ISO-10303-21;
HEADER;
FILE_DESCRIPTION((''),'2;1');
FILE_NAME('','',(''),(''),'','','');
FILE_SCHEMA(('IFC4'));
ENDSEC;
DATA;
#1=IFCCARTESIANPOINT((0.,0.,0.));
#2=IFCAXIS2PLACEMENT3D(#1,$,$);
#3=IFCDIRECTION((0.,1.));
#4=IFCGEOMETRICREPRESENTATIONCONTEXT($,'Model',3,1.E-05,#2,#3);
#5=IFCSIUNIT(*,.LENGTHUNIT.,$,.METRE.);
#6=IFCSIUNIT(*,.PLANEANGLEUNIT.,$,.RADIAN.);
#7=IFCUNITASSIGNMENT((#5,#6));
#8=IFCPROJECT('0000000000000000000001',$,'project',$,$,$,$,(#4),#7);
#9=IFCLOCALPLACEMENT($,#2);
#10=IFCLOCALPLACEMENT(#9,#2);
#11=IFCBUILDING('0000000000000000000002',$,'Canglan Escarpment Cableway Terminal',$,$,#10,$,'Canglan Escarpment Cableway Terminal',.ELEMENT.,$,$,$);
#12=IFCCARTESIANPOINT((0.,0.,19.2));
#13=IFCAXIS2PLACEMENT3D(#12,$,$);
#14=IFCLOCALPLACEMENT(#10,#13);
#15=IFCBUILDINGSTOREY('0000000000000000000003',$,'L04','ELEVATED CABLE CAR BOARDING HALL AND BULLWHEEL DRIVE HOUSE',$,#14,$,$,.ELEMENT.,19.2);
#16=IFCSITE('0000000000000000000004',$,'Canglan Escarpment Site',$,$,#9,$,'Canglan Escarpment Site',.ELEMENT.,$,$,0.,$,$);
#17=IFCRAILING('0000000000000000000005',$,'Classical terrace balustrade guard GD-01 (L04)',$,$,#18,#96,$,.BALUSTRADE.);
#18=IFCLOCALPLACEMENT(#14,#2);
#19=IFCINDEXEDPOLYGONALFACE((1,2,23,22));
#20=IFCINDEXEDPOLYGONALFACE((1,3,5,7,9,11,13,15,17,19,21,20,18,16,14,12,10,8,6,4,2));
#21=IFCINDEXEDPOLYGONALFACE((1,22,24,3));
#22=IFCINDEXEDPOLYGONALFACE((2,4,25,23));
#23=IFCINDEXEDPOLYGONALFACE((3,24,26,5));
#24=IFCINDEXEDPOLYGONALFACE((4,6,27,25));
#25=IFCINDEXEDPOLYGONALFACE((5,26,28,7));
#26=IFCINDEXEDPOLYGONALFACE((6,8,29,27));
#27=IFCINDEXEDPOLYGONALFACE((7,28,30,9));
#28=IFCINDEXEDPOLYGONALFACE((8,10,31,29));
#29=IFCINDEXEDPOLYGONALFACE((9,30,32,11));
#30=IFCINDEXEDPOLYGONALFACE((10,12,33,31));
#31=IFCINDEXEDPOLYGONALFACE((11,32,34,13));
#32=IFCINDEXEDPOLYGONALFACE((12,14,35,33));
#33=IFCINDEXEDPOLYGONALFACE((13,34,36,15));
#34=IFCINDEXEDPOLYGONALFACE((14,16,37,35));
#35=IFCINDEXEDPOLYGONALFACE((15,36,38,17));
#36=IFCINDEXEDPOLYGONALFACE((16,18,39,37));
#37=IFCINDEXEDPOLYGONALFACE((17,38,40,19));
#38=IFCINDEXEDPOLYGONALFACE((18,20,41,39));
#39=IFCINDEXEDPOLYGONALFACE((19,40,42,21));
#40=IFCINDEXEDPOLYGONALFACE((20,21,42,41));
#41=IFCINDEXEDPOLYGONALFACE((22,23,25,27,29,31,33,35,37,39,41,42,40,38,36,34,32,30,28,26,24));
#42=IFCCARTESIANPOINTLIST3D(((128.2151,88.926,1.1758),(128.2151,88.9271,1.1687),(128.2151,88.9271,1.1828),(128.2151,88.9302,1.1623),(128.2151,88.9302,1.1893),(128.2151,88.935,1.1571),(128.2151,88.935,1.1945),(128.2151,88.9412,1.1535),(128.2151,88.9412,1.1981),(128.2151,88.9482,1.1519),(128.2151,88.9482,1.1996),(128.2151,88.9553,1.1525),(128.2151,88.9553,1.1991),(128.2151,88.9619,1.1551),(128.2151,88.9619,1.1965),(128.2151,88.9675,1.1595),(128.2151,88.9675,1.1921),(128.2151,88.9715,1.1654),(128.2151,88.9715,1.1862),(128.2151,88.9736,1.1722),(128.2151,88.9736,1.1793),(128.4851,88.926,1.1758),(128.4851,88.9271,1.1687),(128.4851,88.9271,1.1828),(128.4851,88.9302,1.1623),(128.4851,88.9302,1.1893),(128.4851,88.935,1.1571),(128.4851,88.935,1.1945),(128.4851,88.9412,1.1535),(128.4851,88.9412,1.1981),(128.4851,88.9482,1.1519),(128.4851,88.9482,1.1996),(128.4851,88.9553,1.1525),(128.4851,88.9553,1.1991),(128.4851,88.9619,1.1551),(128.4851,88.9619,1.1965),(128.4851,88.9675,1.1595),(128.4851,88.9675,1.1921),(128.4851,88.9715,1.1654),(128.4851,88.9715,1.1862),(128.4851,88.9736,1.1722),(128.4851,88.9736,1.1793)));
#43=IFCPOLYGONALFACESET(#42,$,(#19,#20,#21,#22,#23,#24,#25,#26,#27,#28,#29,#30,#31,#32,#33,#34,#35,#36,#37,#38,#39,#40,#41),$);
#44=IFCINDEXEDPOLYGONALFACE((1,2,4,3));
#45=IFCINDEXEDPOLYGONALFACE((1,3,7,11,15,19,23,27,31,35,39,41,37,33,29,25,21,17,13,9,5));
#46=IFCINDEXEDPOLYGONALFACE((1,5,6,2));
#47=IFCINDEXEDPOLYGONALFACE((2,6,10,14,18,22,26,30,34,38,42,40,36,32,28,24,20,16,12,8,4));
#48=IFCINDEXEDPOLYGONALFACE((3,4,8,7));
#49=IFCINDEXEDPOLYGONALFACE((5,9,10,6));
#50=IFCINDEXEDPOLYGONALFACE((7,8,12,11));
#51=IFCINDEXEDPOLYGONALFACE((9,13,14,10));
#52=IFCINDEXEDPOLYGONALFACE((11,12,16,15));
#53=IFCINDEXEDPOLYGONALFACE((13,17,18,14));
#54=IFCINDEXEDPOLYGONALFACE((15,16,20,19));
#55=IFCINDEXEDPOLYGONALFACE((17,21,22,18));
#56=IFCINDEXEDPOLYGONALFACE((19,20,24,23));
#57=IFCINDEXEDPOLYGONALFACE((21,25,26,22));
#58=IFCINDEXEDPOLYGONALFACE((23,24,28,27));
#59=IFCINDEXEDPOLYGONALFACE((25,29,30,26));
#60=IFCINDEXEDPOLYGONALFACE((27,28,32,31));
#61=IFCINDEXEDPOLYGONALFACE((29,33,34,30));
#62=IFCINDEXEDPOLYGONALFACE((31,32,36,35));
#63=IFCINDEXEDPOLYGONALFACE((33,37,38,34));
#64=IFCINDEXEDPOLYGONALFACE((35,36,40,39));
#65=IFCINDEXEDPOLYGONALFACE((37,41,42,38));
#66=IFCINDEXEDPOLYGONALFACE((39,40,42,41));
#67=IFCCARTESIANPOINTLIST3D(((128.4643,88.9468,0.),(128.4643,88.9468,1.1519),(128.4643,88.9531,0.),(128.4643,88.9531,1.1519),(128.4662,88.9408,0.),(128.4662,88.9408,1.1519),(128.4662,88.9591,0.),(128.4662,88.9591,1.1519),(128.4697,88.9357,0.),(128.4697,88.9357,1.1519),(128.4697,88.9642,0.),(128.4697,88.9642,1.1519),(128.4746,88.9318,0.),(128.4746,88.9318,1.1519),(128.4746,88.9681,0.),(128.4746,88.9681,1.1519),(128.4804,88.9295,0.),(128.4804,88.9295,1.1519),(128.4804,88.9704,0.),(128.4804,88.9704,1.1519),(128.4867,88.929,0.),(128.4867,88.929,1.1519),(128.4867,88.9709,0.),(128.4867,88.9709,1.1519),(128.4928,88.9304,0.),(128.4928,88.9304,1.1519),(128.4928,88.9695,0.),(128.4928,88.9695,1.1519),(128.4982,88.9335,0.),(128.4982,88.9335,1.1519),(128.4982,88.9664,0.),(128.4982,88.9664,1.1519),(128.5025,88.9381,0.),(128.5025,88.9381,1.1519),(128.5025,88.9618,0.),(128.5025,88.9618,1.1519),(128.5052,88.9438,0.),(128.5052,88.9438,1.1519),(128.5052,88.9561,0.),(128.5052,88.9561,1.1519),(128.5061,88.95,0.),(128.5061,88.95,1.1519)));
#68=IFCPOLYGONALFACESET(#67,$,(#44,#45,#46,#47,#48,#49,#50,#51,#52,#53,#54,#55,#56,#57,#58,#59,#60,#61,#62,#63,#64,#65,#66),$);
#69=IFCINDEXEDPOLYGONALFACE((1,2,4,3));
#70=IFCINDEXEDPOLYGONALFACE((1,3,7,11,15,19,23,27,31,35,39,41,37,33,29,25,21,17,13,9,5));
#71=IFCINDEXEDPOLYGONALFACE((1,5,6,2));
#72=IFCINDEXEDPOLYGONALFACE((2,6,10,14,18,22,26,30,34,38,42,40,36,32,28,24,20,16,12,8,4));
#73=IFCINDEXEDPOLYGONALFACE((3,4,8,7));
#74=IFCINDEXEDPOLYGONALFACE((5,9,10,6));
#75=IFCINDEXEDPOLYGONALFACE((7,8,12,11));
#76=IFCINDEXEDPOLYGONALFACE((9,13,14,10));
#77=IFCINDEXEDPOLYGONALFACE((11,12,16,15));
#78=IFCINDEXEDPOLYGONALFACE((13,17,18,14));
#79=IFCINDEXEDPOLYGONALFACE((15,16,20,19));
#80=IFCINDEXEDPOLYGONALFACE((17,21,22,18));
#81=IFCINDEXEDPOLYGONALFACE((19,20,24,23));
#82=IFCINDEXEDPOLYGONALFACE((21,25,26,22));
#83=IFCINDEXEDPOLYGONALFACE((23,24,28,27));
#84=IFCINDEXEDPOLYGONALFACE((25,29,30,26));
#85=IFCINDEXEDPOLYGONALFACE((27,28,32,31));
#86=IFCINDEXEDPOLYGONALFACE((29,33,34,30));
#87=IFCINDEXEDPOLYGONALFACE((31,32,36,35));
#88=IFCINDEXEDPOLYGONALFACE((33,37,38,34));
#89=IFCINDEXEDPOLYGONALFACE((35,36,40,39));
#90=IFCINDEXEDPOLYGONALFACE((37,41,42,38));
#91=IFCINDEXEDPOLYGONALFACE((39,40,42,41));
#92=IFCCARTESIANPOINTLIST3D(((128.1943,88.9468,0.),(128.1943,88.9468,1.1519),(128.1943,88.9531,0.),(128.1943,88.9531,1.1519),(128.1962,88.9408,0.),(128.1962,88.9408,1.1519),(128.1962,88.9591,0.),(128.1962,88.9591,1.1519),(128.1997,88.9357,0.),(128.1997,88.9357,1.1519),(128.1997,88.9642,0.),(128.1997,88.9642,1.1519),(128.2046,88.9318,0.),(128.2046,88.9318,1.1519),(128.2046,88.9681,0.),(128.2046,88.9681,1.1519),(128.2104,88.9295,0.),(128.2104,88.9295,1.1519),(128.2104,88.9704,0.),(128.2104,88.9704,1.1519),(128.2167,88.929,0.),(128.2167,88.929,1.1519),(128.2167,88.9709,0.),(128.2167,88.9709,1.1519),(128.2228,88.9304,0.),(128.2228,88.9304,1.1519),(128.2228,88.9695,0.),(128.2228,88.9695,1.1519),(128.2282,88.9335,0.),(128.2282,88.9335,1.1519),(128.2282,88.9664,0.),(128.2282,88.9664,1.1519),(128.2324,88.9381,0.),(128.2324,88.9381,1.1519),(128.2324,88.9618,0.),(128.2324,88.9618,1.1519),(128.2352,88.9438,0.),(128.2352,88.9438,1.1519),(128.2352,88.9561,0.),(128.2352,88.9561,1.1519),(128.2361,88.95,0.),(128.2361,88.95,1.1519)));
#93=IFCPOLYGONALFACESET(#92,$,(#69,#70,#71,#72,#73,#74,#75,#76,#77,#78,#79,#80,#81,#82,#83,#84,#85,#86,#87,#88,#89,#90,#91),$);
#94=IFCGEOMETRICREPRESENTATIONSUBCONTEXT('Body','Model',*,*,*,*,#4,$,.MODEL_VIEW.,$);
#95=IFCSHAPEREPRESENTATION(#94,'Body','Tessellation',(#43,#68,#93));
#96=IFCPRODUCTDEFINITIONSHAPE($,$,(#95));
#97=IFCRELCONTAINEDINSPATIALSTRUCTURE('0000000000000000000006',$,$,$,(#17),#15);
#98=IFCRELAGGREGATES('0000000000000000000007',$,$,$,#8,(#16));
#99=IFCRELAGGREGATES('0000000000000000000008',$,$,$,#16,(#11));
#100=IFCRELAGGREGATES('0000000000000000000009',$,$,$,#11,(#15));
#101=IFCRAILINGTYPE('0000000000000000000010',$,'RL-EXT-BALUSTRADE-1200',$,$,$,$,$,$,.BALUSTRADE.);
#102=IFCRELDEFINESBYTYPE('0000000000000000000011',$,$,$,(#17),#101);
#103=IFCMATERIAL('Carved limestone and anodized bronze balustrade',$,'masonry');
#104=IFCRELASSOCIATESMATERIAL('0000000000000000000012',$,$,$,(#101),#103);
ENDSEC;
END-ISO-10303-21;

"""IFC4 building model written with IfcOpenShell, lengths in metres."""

from ifc_helpers import new_model, si_unit, direction, frame, origin, origin_2d, place, context, subcontext, project, spatial, circle, extrude, material, type_object, element, save


model = new_model("IFC4")

# Units and contexts
model_context = context("Model", 3, precision=1e-05, world=origin(), true_north=direction((0.0, 1.0)))
body_context = subcontext(model_context, "Body", "Model", "MODEL_VIEW")
ifc_project = project(units=[si_unit("LENGTHUNIT", "METRE"), si_unit("PLANEANGLEUNIT", "RADIAN")], contexts=[model_context])

# Site, building, storey
site_placement = place(None, origin())
site = spatial("IfcSite", under=ifc_project, at=site_placement, Name="Canglan Escarpment Site", LongName="Canglan Escarpment Site", CompositionType="ELEMENT", RefElevation=0.0)
building_placement = place(site_placement, origin())
building = spatial("IfcBuilding", under=site, at=building_placement, Name="Canglan Escarpment Cableway Terminal", LongName="Canglan Escarpment Cableway Terminal", CompositionType="ELEMENT")
storey_placement = place(building_placement, frame((0.0, 0.0, 19.2)))
storey = spatial("IfcBuildingStorey", under=building, at=storey_placement, Name="L04", Description="ELEVATED CABLE CAR BOARDING HALL AND BULLWHEEL DRIVE HOUSE", CompositionType="ELEMENT", Elevation=19.2)

# Railing
ifc_material_1 = material(Name="Carved limestone and anodized bronze balustrade", Category="masonry")
railing_type = type_object("IfcRailingType", Name="RL-EXT-BALUSTRADE-1200", PredefinedType="BALUSTRADE", material=ifc_material_1)
railing_placement = place(storey_placement, frame((128.4851, 88.95, 0.0)))
element("IfcRailing", 1, at=railing_placement, inside=storey, type_object=railing_type, Name="Classical terrace balustrade guard GD-01 (L04)", PredefinedType="BALUSTRADE", context=body_context, shape_type="SweptSolid", body=[
    extrude(circle(Radius=0.0239, at=origin_2d()), frame((0.0, 0.0, 1.1758), z_axis=(-1.0, 0.0, 0.0), x_axis=(0.0, -1.0, 0.0)), (0.0, 0.0, 1.0), 0.27),
    extrude(circle(Radius=0.021, at=origin_2d()), origin(), (0.0, 0.0, 1.0), 1.1519),
    extrude(circle(Radius=0.021, at=origin_2d()), frame((-0.27, 0.0, 0.0)), (0.0, 0.0, 1.0), 1.1519),
])

save(model, "model.ifc")
